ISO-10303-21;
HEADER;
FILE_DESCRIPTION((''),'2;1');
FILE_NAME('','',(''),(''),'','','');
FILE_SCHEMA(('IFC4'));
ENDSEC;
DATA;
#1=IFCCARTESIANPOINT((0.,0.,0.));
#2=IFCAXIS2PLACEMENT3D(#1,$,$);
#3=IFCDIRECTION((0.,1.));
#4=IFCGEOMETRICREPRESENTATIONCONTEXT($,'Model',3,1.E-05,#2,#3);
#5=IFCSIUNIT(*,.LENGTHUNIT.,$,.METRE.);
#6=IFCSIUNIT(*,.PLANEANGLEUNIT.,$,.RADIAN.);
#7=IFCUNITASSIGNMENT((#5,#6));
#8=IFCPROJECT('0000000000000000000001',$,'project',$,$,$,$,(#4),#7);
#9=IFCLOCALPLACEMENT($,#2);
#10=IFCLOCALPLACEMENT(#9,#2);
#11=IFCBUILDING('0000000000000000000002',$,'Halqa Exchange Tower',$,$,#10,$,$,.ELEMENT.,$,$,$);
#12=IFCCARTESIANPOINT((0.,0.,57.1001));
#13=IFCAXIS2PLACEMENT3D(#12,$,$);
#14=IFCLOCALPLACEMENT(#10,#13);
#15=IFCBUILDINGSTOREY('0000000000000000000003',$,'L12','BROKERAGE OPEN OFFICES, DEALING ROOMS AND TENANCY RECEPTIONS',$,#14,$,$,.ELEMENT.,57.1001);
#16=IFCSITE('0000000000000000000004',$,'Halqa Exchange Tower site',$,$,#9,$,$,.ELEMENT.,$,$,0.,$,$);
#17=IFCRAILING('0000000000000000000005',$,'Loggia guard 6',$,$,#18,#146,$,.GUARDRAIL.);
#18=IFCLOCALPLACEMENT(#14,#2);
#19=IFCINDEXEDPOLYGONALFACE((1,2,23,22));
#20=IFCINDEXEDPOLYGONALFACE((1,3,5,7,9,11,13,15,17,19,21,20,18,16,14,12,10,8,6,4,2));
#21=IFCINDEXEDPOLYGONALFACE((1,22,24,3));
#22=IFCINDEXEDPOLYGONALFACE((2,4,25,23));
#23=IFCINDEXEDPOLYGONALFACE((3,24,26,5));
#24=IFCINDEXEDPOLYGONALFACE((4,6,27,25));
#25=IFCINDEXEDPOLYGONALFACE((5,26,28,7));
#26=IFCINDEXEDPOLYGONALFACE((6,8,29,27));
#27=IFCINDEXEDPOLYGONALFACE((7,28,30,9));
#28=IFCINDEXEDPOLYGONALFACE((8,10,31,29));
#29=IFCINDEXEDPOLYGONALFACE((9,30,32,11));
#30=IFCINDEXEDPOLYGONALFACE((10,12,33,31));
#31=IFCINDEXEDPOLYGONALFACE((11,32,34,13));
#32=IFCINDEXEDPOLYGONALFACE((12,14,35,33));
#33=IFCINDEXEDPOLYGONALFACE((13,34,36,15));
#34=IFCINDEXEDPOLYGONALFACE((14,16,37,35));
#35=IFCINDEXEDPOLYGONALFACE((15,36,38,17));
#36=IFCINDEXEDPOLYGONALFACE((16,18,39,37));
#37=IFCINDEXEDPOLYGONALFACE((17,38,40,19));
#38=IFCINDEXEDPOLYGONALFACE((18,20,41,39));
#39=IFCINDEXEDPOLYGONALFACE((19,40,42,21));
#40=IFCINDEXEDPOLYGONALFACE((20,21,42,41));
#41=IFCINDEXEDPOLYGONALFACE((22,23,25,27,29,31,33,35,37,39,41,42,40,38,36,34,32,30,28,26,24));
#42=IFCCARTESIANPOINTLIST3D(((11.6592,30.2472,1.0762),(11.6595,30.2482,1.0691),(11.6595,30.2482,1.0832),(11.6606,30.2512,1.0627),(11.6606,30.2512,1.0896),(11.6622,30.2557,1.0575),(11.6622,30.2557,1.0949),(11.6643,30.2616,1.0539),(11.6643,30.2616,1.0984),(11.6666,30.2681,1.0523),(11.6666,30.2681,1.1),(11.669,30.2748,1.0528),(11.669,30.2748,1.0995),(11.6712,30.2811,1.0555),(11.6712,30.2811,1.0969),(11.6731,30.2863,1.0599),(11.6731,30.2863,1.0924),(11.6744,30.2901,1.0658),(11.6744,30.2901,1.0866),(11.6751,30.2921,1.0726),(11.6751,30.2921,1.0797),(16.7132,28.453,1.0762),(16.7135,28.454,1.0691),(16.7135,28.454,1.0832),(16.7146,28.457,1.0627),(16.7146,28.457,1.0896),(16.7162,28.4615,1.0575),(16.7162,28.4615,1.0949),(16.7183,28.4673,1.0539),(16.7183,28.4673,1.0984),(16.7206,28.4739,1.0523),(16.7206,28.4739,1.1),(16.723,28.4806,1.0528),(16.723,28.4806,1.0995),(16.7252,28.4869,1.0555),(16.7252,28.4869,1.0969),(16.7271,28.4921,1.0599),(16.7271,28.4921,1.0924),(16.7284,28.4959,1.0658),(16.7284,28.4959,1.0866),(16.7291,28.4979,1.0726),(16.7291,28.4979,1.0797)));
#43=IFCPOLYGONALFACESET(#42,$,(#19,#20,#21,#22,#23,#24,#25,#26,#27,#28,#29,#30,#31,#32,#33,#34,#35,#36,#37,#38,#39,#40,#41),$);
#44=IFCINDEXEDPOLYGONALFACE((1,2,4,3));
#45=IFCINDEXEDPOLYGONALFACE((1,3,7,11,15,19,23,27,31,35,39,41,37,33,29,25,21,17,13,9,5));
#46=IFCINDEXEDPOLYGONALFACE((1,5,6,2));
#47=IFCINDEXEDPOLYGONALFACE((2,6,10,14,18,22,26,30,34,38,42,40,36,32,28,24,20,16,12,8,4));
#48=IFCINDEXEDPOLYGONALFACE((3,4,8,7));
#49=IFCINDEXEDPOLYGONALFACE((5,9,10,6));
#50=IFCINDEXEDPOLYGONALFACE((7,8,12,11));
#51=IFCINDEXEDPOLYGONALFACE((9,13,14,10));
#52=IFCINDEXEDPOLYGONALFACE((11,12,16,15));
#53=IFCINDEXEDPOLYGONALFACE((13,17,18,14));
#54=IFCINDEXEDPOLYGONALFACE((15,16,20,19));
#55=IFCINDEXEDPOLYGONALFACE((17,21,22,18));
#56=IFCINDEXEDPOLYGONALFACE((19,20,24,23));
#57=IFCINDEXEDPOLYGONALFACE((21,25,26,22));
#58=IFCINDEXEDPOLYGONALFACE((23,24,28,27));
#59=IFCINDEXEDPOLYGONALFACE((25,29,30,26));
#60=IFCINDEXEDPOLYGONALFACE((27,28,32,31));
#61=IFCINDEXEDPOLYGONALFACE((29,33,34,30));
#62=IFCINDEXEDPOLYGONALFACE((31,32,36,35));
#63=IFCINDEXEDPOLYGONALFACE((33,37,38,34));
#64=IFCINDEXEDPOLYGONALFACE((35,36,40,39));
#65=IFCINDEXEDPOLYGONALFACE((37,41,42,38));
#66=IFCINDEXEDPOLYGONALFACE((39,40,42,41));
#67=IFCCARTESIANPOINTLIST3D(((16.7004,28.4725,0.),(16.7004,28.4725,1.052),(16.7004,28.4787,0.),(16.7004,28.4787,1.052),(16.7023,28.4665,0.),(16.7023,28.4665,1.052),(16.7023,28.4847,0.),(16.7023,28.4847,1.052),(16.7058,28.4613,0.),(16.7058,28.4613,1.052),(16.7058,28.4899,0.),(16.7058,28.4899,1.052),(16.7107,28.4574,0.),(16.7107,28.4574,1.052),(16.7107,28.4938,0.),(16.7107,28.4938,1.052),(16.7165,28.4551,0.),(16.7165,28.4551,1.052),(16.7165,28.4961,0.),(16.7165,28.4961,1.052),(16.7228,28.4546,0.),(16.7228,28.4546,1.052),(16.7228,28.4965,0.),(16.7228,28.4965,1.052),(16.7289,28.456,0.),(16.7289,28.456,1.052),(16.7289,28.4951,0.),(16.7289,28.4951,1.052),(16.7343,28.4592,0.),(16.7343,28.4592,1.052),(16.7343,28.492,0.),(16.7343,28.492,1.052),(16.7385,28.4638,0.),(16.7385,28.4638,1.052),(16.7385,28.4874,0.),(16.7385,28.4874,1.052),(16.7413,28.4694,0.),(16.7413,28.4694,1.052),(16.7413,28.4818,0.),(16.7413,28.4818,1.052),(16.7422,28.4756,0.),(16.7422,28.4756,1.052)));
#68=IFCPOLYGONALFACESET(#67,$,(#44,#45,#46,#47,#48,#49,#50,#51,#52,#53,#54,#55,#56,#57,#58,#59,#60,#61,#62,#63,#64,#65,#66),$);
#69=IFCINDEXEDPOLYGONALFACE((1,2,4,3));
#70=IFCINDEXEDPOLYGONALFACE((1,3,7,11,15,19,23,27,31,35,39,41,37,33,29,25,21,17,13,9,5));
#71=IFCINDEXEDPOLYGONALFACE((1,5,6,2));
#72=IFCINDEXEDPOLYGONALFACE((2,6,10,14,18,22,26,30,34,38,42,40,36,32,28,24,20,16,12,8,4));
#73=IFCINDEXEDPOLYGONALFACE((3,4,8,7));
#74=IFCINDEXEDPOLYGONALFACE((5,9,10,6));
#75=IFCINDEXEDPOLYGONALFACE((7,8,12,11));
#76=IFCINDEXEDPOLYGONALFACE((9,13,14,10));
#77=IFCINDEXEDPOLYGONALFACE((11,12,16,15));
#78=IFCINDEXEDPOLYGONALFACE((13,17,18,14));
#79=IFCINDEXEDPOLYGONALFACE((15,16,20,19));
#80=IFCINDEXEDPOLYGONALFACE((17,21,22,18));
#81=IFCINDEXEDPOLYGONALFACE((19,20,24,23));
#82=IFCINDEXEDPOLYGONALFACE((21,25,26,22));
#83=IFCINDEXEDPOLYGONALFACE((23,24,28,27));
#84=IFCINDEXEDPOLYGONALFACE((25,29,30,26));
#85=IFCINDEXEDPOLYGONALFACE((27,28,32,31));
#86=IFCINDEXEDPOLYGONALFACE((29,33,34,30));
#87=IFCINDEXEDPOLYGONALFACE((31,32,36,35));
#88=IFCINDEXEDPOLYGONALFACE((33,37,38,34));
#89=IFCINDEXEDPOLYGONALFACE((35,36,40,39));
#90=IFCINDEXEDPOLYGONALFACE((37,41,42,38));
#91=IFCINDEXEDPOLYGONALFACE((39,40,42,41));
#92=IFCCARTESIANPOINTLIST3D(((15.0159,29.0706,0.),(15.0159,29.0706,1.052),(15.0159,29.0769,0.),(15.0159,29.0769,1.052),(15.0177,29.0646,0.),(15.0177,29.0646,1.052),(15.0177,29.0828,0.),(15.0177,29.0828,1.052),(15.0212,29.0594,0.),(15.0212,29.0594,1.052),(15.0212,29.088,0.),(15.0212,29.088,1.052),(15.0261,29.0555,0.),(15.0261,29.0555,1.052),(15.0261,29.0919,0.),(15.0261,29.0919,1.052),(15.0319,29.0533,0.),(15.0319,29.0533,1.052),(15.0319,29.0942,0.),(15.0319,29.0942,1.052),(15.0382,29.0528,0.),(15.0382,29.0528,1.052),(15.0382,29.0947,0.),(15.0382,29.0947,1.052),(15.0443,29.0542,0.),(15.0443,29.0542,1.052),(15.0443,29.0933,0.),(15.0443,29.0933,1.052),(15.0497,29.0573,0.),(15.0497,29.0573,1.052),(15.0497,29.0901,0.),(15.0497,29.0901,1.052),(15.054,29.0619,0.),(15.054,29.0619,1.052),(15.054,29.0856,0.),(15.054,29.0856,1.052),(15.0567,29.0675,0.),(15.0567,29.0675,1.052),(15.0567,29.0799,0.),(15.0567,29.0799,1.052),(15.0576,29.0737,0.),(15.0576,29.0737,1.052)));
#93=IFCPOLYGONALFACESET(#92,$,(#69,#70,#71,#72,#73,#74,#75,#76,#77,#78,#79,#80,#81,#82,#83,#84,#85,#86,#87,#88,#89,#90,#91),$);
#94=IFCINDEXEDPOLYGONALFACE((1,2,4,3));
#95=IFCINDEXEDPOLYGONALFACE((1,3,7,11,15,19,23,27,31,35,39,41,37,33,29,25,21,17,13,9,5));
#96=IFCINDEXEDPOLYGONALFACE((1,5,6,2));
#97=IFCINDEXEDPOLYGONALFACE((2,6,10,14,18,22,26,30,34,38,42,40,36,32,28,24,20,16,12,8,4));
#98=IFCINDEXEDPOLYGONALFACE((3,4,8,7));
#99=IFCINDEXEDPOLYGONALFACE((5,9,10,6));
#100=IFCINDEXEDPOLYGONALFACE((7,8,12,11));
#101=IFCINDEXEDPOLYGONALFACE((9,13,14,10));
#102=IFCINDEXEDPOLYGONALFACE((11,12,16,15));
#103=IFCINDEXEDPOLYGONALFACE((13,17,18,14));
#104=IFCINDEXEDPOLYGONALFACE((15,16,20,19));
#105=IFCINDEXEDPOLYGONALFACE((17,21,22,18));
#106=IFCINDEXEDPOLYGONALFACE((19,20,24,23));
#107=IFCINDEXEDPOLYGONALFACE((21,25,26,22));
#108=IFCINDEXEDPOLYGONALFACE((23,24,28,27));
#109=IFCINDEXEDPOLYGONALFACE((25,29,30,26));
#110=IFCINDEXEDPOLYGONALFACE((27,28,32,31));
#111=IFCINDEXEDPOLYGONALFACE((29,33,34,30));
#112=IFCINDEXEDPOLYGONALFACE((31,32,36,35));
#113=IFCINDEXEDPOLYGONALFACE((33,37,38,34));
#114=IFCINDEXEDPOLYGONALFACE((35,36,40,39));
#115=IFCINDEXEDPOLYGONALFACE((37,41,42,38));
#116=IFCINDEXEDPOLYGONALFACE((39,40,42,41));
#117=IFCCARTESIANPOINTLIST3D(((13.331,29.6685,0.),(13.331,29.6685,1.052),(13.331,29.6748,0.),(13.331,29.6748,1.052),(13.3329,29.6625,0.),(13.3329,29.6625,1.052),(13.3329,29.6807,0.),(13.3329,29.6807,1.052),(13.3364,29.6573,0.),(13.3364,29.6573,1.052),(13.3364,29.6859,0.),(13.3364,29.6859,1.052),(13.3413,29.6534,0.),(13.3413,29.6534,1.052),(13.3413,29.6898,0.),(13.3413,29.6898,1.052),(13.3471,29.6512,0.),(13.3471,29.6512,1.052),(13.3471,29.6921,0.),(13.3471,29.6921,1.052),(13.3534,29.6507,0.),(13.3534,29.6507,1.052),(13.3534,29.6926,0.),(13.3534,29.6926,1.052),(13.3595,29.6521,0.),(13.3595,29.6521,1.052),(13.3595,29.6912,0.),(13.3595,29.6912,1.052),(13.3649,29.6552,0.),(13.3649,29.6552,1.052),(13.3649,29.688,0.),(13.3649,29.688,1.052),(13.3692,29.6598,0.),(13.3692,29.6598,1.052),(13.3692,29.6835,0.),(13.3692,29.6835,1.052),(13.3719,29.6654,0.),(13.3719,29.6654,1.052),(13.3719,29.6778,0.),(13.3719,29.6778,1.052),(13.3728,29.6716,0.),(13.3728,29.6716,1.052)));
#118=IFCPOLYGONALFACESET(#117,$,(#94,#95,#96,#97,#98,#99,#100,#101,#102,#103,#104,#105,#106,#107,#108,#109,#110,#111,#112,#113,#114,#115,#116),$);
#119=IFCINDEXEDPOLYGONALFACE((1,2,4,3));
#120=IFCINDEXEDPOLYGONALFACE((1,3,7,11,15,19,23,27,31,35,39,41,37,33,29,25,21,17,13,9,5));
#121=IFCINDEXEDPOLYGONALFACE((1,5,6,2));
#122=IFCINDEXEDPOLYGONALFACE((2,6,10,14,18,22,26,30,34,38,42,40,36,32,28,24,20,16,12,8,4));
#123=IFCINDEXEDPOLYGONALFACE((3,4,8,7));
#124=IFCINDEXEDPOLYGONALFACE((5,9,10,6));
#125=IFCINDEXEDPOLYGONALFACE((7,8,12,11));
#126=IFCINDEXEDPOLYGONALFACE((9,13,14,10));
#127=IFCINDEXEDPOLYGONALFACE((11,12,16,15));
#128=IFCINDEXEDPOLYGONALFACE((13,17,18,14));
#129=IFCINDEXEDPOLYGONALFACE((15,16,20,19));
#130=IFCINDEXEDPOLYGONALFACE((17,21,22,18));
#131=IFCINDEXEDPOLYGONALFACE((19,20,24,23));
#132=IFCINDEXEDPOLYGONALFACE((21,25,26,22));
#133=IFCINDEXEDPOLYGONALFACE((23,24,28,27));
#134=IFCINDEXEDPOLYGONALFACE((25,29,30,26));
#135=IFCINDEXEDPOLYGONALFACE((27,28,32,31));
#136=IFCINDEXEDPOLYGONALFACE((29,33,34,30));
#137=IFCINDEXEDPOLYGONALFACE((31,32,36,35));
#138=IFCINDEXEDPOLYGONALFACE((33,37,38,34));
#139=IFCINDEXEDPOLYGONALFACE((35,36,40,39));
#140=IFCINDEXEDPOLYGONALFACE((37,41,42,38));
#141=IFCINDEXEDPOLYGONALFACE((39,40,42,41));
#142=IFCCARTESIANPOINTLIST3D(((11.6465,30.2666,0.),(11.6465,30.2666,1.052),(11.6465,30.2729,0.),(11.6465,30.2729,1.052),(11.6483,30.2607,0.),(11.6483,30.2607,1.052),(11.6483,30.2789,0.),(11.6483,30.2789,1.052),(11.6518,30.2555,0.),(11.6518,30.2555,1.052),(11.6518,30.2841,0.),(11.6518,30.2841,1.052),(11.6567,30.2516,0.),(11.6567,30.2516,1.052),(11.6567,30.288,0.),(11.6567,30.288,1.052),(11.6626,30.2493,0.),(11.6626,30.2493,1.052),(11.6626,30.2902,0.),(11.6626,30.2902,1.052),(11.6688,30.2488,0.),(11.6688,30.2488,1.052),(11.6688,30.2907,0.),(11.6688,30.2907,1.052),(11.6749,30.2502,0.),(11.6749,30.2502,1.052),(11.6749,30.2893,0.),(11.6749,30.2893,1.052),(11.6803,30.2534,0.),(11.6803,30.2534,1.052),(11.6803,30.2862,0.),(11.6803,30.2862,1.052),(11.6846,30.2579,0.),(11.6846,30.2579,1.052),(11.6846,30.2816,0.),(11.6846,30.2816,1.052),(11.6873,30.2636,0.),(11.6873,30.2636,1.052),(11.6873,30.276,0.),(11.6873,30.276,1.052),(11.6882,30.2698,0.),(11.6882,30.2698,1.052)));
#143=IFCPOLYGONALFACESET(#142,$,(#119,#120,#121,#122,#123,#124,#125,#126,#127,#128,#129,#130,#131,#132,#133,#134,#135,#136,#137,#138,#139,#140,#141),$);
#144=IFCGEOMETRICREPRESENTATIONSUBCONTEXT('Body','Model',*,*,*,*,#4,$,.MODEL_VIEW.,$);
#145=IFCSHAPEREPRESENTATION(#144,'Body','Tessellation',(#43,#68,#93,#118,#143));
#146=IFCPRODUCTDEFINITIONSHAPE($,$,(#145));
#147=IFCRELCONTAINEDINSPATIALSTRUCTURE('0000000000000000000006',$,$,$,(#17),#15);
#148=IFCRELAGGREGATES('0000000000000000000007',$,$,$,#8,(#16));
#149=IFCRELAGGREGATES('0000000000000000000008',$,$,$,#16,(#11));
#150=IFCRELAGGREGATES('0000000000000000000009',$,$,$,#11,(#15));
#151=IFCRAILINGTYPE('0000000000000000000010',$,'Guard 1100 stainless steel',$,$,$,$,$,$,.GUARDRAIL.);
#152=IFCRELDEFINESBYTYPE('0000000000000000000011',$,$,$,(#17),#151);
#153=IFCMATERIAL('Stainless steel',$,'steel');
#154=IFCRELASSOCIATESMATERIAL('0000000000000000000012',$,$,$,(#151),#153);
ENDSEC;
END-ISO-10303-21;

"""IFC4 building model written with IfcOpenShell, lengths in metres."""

from ifc_helpers import new_model, si_unit, direction, frame, origin, origin_2d, place, context, subcontext, project, spatial, circle, extrude, material, type_object, element, save


model = new_model("IFC4")

# Units and contexts
model_context = context("Model", 3, precision=1e-05, world=origin(), true_north=direction((0.0, 1.0)))
body_context = subcontext(model_context, "Body", "Model", "MODEL_VIEW")
ifc_project = project(units=[si_unit("LENGTHUNIT", "METRE"), si_unit("PLANEANGLEUNIT", "RADIAN")], contexts=[model_context])

# Site, building, storey
site_placement = place(None, origin())
site = spatial("IfcSite", under=ifc_project, at=site_placement, Name="Halqa Exchange Tower site", CompositionType="ELEMENT", RefElevation=0.0)
building_placement = place(site_placement, origin())
building = spatial("IfcBuilding", under=site, at=building_placement, Name="Halqa Exchange Tower", CompositionType="ELEMENT")
storey_placement = place(building_placement, frame((0.0, 0.0, 57.1001)))
storey = spatial("IfcBuildingStorey", under=building, at=storey_placement, Name="L12", Description="BROKERAGE OPEN OFFICES, DEALING ROOMS AND TENANCY RECEPTIONS", CompositionType="ELEMENT", Elevation=57.1001)

# Railing
ifc_material_1 = material(Name="Stainless steel", Category="steel")
railing_type = type_object("IfcRailingType", Name="Guard 1100 stainless steel", PredefinedType="GUARDRAIL", material=ifc_material_1)
railing_1_placement = place(storey_placement, frame((16.7212, 28.4756, 0.0)))
element("IfcRailing", 1, at=railing_1_placement, inside=storey, type_object=railing_type, Name="Loggia guard 6", PredefinedType="GUARDRAIL", context=body_context, shape_type="SweptSolid", body=[
    extrude(circle(Radius=0.0239, at=origin_2d()), frame((0.0, 0.0, 1.0762), z_axis=(-0.942378, 0.334551, 0.0), x_axis=(-0.334551, -0.942378, 0.0)), (0.0, 0.0, 1.0), 5.363),
    extrude(circle(Radius=0.021, at=origin_2d()), origin(), (0.0, 0.0, 1.0), 1.052),
    extrude(circle(Radius=0.021, at=origin_2d()), frame((-1.6846, 0.5981, 0.0)), (0.0, 0.0, 1.0), 1.052),
    extrude(circle(Radius=0.021, at=origin_2d()), frame((-3.3694, 1.196, 0.0)), (0.0, 0.0, 1.0), 1.052),
    extrude(circle(Radius=0.021, at=origin_2d()), frame((-5.054, 1.7942, 0.0)), (0.0, 0.0, 1.0), 1.052),
])

save(model, "model.ifc")
